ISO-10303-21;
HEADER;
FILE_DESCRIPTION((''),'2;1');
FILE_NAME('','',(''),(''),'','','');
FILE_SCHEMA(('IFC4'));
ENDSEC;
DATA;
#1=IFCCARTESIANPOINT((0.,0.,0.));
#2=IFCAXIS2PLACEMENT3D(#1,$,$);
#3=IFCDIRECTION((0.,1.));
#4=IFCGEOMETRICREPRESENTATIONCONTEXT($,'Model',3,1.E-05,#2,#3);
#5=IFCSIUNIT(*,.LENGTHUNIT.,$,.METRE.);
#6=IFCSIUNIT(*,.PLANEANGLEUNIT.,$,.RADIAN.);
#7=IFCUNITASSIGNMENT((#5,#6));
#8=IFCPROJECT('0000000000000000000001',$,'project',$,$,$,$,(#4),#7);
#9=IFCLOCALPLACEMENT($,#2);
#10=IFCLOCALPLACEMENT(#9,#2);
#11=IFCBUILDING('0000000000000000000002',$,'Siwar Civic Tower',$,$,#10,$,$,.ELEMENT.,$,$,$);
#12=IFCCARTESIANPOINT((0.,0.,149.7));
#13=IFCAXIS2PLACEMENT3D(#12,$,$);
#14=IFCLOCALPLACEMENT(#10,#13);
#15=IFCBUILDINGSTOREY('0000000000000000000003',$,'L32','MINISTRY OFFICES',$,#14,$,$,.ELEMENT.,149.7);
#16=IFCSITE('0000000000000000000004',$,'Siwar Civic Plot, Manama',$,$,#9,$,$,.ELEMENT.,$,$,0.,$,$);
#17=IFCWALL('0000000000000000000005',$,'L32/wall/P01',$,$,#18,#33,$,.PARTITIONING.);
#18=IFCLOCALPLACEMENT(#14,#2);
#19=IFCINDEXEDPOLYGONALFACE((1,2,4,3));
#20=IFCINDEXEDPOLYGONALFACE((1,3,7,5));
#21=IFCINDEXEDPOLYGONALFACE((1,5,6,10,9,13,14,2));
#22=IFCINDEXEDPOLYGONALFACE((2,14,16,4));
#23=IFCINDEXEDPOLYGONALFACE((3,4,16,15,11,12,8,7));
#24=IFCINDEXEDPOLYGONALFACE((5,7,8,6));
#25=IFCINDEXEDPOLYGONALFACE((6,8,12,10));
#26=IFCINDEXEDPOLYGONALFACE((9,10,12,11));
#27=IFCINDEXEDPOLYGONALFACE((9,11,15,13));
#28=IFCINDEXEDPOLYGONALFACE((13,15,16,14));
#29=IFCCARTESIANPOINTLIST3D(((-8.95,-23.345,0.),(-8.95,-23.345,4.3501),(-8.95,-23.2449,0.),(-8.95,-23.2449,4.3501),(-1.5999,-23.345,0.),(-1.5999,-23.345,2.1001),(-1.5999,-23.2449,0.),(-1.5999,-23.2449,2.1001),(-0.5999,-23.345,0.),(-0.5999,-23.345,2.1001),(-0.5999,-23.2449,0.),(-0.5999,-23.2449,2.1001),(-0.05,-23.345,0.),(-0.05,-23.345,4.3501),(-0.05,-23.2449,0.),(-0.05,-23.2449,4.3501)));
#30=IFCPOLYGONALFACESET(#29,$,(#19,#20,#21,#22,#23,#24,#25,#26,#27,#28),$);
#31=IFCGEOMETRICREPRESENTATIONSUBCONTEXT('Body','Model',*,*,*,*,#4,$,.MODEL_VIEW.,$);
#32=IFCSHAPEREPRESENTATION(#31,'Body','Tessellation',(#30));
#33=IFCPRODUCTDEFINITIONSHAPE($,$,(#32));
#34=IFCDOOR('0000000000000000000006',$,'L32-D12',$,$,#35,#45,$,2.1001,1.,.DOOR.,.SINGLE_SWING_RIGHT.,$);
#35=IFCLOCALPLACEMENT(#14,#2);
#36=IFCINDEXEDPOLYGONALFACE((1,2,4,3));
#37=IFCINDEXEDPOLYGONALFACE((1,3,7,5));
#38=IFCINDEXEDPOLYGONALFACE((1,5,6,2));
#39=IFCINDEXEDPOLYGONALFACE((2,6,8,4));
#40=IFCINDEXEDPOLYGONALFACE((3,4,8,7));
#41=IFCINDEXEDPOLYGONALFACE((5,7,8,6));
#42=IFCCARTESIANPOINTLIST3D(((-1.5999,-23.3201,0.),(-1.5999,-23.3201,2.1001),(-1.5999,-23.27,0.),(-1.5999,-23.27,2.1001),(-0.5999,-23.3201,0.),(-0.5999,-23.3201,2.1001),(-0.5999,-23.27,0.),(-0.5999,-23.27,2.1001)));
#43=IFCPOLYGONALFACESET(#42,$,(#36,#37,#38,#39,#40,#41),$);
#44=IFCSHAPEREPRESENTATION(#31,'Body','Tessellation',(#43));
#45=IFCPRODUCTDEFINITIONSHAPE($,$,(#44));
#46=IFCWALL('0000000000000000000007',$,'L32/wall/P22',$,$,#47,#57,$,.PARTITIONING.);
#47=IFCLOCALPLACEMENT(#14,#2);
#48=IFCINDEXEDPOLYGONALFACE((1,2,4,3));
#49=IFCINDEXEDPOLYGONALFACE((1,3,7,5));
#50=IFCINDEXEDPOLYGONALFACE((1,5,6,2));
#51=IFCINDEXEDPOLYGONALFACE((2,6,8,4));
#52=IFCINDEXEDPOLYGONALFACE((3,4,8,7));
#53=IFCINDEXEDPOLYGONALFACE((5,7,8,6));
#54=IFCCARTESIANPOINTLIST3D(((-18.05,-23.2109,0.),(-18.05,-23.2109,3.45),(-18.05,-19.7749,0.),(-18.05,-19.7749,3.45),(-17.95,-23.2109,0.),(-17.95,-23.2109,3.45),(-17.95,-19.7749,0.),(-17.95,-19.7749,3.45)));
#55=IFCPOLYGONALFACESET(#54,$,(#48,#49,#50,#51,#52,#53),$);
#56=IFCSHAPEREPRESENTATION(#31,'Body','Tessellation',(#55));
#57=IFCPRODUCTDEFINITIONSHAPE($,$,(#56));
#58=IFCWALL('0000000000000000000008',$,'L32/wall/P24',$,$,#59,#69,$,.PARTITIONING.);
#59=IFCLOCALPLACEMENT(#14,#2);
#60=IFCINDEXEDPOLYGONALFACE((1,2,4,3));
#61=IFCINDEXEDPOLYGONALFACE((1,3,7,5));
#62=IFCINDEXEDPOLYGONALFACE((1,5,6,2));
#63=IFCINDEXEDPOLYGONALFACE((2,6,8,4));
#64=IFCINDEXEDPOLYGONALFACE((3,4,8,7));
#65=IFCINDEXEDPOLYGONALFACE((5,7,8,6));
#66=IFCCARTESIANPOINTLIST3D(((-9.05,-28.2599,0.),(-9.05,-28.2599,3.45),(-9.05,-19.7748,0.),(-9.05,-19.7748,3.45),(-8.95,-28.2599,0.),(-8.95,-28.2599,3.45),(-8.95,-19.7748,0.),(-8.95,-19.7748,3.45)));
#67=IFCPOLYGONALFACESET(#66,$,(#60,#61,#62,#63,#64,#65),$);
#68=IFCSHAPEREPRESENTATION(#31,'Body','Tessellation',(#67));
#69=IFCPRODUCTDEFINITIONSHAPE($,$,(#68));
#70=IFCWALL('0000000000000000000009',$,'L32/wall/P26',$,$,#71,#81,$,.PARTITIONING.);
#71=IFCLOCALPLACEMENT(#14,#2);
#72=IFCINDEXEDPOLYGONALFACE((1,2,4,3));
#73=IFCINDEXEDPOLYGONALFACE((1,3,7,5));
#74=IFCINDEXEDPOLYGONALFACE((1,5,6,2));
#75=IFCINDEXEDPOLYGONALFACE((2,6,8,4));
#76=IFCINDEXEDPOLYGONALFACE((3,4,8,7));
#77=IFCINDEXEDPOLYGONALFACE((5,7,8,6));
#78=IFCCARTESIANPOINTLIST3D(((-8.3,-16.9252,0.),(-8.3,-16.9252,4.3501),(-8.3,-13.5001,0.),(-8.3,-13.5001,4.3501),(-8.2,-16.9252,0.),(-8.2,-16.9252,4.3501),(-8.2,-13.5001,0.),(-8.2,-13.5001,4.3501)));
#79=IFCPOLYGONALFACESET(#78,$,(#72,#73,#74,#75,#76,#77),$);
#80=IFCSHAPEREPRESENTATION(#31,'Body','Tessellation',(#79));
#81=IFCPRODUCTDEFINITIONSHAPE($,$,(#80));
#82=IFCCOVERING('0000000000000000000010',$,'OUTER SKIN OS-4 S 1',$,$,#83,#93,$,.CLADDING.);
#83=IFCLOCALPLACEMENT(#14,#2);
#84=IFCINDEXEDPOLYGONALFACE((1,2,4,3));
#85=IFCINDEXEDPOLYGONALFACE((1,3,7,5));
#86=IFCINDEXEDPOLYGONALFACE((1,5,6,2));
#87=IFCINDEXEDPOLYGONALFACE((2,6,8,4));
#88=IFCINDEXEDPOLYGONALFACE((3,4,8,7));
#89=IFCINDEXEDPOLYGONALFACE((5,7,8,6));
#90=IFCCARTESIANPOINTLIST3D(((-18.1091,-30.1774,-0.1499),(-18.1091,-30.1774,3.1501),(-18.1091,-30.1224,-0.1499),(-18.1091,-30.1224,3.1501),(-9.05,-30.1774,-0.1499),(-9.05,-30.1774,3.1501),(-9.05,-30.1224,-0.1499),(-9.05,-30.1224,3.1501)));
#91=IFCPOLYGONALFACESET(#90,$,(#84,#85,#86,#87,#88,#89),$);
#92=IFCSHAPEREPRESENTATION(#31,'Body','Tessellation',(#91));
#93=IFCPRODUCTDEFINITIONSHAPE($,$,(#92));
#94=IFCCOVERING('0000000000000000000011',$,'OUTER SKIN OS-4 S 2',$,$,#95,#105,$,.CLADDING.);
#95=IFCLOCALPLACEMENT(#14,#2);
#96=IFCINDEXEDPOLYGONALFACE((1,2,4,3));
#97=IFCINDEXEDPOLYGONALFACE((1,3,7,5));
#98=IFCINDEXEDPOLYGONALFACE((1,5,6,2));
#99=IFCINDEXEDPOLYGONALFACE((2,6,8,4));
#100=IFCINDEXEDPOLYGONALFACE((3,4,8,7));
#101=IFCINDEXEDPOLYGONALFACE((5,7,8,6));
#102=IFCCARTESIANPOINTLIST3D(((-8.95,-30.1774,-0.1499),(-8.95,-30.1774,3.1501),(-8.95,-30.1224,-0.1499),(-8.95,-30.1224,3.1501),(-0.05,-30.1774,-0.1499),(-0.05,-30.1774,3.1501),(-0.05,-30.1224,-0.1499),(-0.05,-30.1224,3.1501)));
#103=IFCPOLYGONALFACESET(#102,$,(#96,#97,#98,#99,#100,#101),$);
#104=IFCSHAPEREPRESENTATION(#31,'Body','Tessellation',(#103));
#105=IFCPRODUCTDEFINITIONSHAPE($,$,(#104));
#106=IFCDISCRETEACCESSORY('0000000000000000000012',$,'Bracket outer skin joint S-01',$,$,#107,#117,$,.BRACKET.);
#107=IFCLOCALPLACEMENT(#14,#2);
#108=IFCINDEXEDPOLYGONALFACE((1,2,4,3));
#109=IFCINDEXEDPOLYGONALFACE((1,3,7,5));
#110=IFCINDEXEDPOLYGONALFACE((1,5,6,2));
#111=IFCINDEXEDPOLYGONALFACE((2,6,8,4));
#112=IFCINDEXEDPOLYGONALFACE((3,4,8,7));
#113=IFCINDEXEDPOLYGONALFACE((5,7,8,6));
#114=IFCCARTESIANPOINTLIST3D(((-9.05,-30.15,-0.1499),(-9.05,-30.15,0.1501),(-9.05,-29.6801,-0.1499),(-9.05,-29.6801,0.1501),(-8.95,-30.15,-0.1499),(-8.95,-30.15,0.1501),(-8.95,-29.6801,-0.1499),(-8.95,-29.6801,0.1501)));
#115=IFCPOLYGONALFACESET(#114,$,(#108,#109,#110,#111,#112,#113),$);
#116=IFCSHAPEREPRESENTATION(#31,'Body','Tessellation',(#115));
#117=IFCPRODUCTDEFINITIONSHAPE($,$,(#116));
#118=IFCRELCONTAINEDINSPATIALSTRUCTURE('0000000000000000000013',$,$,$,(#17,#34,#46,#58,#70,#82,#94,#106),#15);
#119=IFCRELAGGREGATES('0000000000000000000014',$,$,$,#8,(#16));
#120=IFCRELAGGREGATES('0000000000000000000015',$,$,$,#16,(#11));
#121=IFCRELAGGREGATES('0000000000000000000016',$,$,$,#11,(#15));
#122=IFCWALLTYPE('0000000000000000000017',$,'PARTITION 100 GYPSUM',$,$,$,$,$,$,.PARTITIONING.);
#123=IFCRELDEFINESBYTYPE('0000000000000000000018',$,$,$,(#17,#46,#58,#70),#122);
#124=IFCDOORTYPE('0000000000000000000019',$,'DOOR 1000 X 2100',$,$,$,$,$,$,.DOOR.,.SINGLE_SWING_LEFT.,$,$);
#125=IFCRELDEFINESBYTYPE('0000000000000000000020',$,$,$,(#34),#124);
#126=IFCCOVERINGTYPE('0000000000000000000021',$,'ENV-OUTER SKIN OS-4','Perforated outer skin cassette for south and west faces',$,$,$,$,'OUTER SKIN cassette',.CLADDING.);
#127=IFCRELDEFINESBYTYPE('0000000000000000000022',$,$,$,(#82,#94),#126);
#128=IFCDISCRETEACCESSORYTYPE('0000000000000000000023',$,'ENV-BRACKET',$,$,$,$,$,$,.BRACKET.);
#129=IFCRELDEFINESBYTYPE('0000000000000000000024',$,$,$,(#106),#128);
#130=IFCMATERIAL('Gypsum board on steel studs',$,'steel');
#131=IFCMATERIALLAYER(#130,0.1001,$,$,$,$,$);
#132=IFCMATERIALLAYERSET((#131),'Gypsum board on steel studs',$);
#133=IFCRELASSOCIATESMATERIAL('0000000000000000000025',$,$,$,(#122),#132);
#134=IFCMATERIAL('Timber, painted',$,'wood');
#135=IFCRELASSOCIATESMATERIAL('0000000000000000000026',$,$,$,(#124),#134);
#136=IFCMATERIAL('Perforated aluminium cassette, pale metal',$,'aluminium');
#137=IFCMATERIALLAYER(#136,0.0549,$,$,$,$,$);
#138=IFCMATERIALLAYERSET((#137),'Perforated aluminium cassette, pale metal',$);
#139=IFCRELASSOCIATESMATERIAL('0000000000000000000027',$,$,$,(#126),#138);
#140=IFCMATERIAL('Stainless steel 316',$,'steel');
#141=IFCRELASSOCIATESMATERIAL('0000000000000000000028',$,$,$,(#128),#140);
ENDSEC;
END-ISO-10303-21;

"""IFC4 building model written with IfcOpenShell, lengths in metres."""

from ifc_helpers import new_model, si_unit, direction, frame, frame_2d, origin, origin_2d, place, context, subcontext, project, spatial, rectangle, extrude, material, layer, layer_set, type_object, element, fill, save


model = new_model("IFC4")

# Units and contexts
model_context = context("Model", 3, precision=1e-05, world=origin(), true_north=direction((0.0, 1.0)))
body_context = subcontext(model_context, "Body", "Model", "MODEL_VIEW")
ifc_project = project(units=[si_unit("LENGTHUNIT", "METRE"), si_unit("PLANEANGLEUNIT", "RADIAN")], contexts=[model_context])

# Site, building, storey
site_placement = place(None, origin())
site = spatial("IfcSite", under=ifc_project, at=site_placement, Name="Siwar Civic Plot, Manama", CompositionType="ELEMENT", RefElevation=0.0)
building_placement = place(site_placement, origin())
building = spatial("IfcBuilding", under=site, at=building_placement, Name="Siwar Civic Tower", CompositionType="ELEMENT")
storey_placement = place(building_placement, frame((0.0, 0.0, 149.7)))
storey = spatial("IfcBuildingStorey", under=building, at=storey_placement, Name="L32", Description="MINISTRY OFFICES", CompositionType="ELEMENT", Elevation=149.7)

# Wall, opening, door
ifc_material_1 = material(Name="Gypsum board on steel studs", Category="steel")
ifc_layer_1 = layer(ifc_material_1, 0.1001)
ifc_layer_set_1 = layer_set([ifc_layer_1], Name="Gypsum board on steel studs")
wall_type_1 = type_object("IfcWallType", Name="PARTITION 100 GYPSUM", PredefinedType="PARTITIONING", material=ifc_layer_set_1)
wall_1_placement = place(storey_placement, frame((-8.95, -23.2949, 0.0), z_axis=(0.0, 0.0, 1.0), x_axis=(1.0, 0.0, 0.0)))
wall_1 = element("IfcWall", 1, at=wall_1_placement, inside=storey, type_object=wall_type_1, Name="L32/wall/P01", PredefinedType="PARTITIONING", context=body_context, shape_type="SweptSolid", body=[
    extrude(rectangle(XDim=8.8999, YDim=0.1001, at=frame_2d((4.45, 0.0))), origin(), (0.0, 0.0, 1.0), 4.3501),
])
opening_placement = place(wall_1_placement, frame((7.3501, 0.0, 0.0)))
opening = element("IfcOpeningElement", 2, at=opening_placement, cuts=wall_1, PredefinedType="OPENING", context=body_context, shape_type="SweptSolid", body=[
    extrude(rectangle(XDim=1.0, YDim=2.1001, at=frame_2d((0.5, 1.05))), frame((0.0, 0.0601, 0.0), z_axis=(0.0, -1.0, 0.0), x_axis=(1.0, 0.0, 0.0)), (0.0, 0.0, 1.0), 0.1201),
])
ifc_material_2 = material(Name="Timber, painted", Category="wood")
door_type = type_object("IfcDoorType", Name="DOOR 1000 X 2100", OperationType="SINGLE_SWING_LEFT", PredefinedType="DOOR", material=ifc_material_2)
door_placement = place(opening_placement, origin())
door = element("IfcDoor", 3, at=door_placement, inside=storey, type_object=door_type, Name="L32-D12", OperationType="SINGLE_SWING_RIGHT", OverallHeight=2.1001, OverallWidth=1.0, PredefinedType="DOOR", context=body_context, shape_type="SweptSolid", body=[
    extrude(rectangle(XDim=1.0, YDim=2.1001, at=frame_2d((0.5, 1.05))), frame((0.0, 0.0249, 0.0), z_axis=(0.0, -1.0, 0.0), x_axis=(1.0, 0.0, 0.0)), (0.0, 0.0, 1.0), 0.05),
])
fill(opening, door)

# Walls
wall_2_placement = place(storey_placement, frame((-18.0, -23.2109, 0.0), z_axis=(0.0, 0.0, 1.0), x_axis=(0.0, 1.0, 0.0)))
element("IfcWall", 4, at=wall_2_placement, inside=storey, type_object=wall_type_1, Name="L32/wall/P22", PredefinedType="PARTITIONING", context=body_context, shape_type="SweptSolid", body=[
    extrude(rectangle(XDim=3.436, YDim=0.1001, at=frame_2d((1.718, 0.0))), origin(), (0.0, 0.0, 1.0), 3.45),
])
wall_3_placement = place(storey_placement, frame((-9.0, -28.26, 0.0), z_axis=(0.0, 0.0, 1.0), x_axis=(0.0, 1.0, 0.0)))
element("IfcWall", 5, at=wall_3_placement, inside=storey, type_object=wall_type_1, Name="L32/wall/P24", PredefinedType="PARTITIONING", context=body_context, shape_type="SweptSolid", body=[
    extrude(rectangle(XDim=8.4851, YDim=0.1001, at=frame_2d((4.2427, 0.0))), origin(), (0.0, 0.0, 1.0), 3.45),
])
wall_4_placement = place(storey_placement, frame((-8.25, -16.925, 0.0), z_axis=(0.0, 0.0, 1.0), x_axis=(0.0, 1.0, 0.0)))
element("IfcWall", 6, at=wall_4_placement, inside=storey, type_object=wall_type_1, Name="L32/wall/P26", PredefinedType="PARTITIONING", context=body_context, shape_type="SweptSolid", body=[
    extrude(rectangle(XDim=3.425, YDim=0.1001, at=frame_2d((1.7124, 0.0))), origin(), (0.0, 0.0, 1.0), 4.3501),
])

# Coverings
ifc_material_3 = material(Name="Perforated aluminium cassette, pale metal", Category="aluminium")
ifc_layer_2 = layer(ifc_material_3, 0.0549)
ifc_layer_set_2 = layer_set([ifc_layer_2], Name="Perforated aluminium cassette, pale metal")
covering_type = type_object("IfcCoveringType", Name="ENV-OUTER SKIN OS-4", Description="Perforated outer skin cassette for south and west faces", ElementType="OUTER SKIN cassette", PredefinedType="CLADDING", material=ifc_layer_set_2)
covering_1_placement = place(storey_placement, frame((-13.5796, -30.1499, -0.1499), z_axis=(0.0, 0.0, 1.0), x_axis=(1.0, 0.0, 0.0)))
element("IfcCovering", 7, at=covering_1_placement, inside=storey, type_object=covering_type, Name="OUTER SKIN OS-4 S 1", PredefinedType="CLADDING", context=body_context, shape_type="SweptSolid", body=[
    extrude(rectangle(XDim=9.0591, YDim=0.0549, at=origin_2d()), origin(), (0.0, 0.0, 1.0), 3.3),
])
covering_2_placement = place(storey_placement, frame((-4.5, -30.1499, -0.1499), z_axis=(0.0, 0.0, 1.0), x_axis=(1.0, 0.0, 0.0)))
element("IfcCovering", 8, at=covering_2_placement, inside=storey, type_object=covering_type, Name="OUTER SKIN OS-4 S 2", PredefinedType="CLADDING", context=body_context, shape_type="SweptSolid", body=[
    extrude(rectangle(XDim=8.8999, YDim=0.0549, at=origin_2d()), origin(), (0.0, 0.0, 1.0), 3.3),
])

# Discrete accessory
ifc_material_4 = material(Name="Stainless steel 316", Category="steel")
discrete_accessory_type = type_object("IfcDiscreteAccessoryType", Name="ENV-BRACKET", PredefinedType="BRACKET", material=ifc_material_4)
discrete_accessory_placement = place(storey_placement, frame((-9.0, -29.915, -0.1499), z_axis=(0.0, 0.0, 1.0), x_axis=(0.0, -1.0, 0.0)))
element("IfcDiscreteAccessory", 9, at=discrete_accessory_placement, inside=storey, type_object=discrete_accessory_type, Name="Bracket outer skin joint S-01", PredefinedType="BRACKET", context=body_context, shape_type="SweptSolid", body=[
    extrude(rectangle(XDim=0.47, YDim=0.1001, at=origin_2d()), origin(), (0.0, 0.0, 1.0), 0.3),
])

save(model, "model.ifc")
